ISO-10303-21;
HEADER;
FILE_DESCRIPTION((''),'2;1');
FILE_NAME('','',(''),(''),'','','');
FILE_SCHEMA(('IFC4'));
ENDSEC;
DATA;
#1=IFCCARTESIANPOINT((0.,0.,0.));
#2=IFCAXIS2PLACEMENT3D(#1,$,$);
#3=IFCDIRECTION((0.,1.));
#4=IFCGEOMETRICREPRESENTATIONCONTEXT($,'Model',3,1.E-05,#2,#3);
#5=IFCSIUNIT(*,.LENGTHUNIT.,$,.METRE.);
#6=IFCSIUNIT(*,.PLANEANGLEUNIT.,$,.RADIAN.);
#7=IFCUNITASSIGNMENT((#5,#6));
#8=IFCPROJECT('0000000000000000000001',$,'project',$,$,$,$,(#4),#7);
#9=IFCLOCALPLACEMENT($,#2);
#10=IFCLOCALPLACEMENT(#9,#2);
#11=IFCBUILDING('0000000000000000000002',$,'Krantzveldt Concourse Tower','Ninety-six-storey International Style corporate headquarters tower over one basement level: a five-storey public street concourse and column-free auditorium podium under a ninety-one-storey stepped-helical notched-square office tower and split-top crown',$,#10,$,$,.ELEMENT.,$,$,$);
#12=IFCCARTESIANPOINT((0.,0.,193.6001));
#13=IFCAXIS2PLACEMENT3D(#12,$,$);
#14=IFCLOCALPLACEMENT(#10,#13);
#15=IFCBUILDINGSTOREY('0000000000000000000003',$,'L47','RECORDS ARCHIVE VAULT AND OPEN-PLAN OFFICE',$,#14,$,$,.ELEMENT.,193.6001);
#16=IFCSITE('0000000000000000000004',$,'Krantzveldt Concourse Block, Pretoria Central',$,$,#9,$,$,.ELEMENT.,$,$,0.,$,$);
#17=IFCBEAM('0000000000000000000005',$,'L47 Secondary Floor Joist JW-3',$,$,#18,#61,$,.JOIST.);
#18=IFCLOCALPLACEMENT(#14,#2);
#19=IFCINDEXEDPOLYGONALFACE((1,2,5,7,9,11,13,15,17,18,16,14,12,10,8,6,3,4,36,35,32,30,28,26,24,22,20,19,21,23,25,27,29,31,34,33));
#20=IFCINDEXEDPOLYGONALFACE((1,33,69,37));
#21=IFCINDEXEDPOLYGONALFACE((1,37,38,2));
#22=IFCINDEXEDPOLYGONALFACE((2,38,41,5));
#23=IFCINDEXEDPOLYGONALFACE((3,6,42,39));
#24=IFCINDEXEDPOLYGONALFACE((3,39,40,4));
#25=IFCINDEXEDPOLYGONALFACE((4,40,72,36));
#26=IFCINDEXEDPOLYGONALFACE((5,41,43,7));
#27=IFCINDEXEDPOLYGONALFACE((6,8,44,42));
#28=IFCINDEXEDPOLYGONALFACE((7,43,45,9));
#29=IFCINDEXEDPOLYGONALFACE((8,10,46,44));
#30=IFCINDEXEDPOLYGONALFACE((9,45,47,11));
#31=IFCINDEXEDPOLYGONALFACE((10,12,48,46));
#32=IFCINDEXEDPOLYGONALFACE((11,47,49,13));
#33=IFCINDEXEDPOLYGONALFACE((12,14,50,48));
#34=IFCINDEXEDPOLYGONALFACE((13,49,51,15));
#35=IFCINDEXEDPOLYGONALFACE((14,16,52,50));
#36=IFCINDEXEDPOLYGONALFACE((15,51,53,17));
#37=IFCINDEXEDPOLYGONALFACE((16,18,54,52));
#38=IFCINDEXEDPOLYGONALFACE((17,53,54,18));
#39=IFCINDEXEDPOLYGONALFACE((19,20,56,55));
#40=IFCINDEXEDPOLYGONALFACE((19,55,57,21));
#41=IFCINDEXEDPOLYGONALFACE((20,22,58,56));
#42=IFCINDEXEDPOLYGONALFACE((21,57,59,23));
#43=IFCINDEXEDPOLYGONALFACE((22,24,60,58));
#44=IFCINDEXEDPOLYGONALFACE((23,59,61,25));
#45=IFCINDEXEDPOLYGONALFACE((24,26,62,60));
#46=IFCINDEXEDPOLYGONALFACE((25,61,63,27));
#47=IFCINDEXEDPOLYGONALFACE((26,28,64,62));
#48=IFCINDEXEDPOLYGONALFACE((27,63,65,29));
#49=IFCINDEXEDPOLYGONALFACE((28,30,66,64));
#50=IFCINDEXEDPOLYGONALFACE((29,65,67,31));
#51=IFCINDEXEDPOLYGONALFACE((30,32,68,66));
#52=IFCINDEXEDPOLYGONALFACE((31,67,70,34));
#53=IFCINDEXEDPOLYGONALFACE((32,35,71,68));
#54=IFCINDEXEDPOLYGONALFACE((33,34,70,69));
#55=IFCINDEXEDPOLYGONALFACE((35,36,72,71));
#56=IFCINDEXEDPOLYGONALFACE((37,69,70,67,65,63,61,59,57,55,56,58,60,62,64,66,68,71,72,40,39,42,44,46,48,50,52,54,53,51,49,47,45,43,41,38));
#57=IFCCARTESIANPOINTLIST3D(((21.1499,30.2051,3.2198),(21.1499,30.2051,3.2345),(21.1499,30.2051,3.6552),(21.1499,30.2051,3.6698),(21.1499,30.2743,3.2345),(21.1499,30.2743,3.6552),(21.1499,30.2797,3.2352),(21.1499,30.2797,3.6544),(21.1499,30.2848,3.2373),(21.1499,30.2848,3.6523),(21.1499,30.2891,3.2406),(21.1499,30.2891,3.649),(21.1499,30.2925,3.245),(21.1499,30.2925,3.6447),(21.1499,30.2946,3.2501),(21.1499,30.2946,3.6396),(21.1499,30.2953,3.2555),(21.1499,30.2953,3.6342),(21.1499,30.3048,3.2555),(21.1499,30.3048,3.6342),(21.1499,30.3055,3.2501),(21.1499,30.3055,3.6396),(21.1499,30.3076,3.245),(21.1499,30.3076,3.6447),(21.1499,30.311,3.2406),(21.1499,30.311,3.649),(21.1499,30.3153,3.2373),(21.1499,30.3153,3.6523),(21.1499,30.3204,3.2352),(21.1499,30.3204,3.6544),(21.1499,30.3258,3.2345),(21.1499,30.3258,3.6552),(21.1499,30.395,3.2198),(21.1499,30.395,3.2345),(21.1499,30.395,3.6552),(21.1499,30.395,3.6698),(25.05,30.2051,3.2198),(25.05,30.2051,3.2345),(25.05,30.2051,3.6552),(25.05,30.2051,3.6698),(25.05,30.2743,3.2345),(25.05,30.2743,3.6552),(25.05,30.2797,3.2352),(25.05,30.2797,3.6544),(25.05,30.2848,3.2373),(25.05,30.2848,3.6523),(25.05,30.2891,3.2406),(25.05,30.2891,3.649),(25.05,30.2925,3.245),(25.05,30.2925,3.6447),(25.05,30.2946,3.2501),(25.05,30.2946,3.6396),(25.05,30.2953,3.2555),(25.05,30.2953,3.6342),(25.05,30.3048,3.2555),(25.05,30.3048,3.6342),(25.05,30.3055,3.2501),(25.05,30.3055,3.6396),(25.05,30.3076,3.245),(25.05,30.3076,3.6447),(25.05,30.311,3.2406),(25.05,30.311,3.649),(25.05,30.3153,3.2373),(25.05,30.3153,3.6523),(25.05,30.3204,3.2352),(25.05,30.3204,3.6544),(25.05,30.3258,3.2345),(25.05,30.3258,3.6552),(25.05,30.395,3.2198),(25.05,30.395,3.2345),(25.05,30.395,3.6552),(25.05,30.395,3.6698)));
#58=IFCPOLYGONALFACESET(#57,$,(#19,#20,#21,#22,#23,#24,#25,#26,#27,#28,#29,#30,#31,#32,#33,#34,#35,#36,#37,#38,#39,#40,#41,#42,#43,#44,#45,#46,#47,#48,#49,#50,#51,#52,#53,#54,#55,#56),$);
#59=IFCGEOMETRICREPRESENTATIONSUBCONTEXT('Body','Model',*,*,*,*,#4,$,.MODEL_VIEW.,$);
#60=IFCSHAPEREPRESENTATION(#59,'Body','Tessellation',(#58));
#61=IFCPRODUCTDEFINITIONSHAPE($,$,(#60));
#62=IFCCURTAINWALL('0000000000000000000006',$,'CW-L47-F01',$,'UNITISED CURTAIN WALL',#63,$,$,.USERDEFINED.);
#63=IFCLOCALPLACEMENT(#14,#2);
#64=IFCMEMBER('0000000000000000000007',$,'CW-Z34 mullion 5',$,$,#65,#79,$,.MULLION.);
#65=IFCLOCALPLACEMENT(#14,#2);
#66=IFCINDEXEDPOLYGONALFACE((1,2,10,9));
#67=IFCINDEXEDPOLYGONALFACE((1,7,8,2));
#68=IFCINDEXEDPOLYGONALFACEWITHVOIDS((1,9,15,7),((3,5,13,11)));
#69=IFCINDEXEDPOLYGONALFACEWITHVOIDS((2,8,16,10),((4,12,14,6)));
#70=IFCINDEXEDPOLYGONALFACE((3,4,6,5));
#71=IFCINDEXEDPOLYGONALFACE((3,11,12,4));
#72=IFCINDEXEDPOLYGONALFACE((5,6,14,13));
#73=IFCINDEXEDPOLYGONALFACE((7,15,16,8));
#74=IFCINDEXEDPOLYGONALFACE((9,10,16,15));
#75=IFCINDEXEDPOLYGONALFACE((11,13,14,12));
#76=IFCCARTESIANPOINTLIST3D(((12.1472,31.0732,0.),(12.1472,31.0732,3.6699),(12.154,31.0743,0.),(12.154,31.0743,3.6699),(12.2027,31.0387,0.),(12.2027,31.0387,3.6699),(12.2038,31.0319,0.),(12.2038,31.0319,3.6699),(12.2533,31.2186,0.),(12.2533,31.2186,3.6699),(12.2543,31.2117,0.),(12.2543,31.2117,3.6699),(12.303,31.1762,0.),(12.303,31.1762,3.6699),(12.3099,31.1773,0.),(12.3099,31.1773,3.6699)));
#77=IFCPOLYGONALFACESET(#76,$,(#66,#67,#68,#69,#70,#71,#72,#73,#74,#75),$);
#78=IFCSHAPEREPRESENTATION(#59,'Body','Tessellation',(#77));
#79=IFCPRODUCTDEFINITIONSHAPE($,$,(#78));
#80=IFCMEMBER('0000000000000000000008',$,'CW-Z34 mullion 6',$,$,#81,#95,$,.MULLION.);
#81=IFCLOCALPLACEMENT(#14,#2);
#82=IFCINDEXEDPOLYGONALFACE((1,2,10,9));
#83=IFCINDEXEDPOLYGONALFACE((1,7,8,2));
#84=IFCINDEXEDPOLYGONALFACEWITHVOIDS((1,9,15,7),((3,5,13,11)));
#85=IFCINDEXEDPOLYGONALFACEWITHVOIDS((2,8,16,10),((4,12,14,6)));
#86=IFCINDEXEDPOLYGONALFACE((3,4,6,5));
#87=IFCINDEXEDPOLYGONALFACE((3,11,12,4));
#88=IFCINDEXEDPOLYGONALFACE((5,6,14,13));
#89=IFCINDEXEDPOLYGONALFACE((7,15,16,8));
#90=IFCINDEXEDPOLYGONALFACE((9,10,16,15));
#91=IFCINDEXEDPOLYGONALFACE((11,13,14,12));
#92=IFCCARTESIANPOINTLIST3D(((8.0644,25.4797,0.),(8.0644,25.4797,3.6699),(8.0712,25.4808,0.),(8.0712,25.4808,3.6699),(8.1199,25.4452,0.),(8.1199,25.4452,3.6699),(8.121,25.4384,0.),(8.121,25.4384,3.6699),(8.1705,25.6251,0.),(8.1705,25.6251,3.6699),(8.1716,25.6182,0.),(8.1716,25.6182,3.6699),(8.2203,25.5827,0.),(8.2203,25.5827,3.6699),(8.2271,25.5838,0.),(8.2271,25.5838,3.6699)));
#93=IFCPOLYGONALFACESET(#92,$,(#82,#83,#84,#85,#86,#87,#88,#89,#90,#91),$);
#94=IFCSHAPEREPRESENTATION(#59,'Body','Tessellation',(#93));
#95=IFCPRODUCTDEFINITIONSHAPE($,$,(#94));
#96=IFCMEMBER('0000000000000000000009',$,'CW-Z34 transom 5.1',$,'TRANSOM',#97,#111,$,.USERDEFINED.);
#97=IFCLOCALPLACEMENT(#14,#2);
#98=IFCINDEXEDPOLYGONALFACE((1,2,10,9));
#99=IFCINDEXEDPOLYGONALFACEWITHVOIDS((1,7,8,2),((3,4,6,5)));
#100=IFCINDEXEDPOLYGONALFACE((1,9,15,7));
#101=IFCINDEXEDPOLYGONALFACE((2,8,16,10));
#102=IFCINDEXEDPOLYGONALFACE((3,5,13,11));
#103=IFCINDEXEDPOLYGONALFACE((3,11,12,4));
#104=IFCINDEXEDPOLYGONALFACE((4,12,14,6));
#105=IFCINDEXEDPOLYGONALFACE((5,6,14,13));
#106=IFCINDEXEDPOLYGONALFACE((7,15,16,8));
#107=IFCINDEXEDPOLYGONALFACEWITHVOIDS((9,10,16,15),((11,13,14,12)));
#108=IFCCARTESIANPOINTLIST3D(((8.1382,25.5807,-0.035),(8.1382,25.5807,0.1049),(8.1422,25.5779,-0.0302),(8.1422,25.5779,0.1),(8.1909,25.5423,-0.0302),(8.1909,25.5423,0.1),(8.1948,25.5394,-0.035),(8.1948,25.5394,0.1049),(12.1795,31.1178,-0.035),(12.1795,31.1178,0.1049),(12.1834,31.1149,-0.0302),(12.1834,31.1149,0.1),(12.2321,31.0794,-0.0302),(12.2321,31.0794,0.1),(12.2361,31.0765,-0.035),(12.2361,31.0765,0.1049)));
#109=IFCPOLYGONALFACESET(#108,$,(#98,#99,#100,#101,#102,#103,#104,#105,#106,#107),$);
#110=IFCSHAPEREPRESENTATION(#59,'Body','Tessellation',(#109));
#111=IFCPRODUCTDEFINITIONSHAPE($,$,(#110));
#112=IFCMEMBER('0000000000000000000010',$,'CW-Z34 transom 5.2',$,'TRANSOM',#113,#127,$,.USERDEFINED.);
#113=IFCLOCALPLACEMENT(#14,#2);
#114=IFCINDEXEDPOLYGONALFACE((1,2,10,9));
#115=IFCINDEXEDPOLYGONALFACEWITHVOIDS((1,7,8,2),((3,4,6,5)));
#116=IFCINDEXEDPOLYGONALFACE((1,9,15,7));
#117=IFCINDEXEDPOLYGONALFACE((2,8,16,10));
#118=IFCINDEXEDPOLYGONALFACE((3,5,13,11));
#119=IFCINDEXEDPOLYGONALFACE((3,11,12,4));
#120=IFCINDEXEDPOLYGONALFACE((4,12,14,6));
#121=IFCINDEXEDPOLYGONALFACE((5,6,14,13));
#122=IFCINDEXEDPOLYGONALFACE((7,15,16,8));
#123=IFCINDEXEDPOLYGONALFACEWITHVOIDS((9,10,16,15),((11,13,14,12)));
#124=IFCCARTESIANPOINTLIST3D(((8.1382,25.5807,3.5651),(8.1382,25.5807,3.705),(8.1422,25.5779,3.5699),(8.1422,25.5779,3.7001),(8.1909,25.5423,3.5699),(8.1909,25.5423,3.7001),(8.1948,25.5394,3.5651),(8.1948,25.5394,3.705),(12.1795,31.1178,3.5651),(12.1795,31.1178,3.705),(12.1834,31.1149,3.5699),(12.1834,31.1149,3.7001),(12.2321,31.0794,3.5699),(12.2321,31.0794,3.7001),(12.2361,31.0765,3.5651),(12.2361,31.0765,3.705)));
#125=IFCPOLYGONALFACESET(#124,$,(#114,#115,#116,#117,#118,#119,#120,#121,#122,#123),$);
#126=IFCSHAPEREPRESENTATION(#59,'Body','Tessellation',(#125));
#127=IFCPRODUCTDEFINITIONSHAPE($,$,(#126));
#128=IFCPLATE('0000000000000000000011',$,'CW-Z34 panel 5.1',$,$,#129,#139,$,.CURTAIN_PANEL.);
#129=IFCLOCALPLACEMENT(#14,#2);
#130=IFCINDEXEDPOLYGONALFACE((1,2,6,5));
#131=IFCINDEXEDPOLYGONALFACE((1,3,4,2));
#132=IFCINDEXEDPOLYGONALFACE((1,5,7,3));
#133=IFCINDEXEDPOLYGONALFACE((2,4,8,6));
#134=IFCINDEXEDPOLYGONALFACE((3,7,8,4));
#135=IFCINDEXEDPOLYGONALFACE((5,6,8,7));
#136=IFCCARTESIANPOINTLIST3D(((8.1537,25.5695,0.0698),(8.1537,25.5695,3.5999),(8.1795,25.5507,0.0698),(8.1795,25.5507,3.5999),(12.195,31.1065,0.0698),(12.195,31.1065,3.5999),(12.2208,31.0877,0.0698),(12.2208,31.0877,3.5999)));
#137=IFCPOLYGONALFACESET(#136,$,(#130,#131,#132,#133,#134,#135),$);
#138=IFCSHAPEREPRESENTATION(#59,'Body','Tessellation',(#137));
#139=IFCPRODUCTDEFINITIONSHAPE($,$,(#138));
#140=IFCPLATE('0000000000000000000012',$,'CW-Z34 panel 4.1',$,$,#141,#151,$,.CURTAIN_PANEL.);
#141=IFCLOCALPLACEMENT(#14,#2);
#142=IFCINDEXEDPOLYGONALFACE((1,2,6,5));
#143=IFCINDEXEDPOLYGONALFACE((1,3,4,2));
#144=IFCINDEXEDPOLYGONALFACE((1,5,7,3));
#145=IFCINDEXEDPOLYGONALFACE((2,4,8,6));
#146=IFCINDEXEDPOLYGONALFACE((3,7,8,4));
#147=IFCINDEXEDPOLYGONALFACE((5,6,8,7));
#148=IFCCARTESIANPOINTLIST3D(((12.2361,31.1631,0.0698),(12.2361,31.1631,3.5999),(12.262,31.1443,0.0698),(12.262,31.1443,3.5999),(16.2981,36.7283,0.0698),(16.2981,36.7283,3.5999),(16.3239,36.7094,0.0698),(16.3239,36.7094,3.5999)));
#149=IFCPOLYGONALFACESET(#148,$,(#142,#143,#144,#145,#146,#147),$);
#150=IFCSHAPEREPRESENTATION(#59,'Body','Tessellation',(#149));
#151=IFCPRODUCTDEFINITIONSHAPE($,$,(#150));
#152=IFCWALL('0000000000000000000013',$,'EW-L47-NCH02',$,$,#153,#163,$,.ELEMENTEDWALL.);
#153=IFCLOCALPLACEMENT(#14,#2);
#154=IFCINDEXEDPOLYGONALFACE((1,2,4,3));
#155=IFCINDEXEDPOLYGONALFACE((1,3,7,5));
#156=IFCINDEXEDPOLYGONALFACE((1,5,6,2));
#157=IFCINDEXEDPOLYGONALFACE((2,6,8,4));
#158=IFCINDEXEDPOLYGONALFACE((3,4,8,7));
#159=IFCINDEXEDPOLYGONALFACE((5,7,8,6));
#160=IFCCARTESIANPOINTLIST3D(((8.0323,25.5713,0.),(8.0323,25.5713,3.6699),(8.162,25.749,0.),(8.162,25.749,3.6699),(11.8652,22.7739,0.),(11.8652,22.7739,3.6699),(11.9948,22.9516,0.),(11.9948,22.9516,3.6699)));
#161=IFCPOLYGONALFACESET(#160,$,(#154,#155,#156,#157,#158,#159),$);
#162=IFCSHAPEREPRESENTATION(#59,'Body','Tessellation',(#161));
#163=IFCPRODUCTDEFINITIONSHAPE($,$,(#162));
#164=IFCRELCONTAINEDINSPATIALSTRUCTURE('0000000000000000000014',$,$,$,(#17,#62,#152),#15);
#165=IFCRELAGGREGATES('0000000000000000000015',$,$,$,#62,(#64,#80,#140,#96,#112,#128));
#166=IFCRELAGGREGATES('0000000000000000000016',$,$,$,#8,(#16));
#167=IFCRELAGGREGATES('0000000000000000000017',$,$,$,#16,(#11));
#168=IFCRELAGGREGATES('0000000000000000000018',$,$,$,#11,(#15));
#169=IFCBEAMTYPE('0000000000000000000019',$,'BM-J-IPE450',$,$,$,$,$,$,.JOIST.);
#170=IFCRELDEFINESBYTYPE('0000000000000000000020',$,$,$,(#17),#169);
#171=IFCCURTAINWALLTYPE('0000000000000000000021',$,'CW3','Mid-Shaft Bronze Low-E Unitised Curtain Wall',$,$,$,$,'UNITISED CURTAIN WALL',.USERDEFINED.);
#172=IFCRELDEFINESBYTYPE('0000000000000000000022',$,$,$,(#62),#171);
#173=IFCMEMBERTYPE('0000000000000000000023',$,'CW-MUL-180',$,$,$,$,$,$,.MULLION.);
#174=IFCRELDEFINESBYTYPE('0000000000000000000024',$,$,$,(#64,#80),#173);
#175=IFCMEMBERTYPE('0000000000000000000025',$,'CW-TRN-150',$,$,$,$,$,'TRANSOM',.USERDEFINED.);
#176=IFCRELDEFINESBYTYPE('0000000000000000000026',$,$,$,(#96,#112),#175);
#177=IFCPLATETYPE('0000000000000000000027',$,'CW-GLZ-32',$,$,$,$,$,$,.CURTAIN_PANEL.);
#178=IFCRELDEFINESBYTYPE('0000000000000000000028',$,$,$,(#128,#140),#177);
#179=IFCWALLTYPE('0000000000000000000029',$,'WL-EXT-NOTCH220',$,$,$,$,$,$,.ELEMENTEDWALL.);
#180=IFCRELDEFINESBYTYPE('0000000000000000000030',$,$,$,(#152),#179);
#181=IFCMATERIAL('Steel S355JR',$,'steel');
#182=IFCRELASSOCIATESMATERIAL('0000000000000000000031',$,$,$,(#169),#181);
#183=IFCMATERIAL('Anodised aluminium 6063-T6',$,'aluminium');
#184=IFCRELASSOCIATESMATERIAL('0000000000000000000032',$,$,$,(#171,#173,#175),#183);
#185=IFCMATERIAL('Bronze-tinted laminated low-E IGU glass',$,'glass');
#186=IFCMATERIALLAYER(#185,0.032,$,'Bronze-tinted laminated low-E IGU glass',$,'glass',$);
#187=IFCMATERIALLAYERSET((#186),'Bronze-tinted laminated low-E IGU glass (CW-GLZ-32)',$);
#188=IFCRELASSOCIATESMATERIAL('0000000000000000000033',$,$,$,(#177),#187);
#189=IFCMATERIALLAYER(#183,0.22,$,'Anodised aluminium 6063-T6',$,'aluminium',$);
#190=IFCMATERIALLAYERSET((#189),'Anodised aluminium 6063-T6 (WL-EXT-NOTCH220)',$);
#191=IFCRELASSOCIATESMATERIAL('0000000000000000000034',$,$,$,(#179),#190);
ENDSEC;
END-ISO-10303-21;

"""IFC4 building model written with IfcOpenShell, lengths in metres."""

from ifc_helpers import new_model, si_unit, direction, frame, frame_2d, origin, origin_2d, place, context, subcontext, project, spatial, rectangle, hollow_rectangle, i_section, extrude, source, transform, mapped, material, layer, layer_set, material_profile, profile_set, type_object, type_shapes, element, aggregate, save


model = new_model("IFC4")

# Units and contexts
model_context = context("Model", 3, precision=1e-05, world=origin(), true_north=direction((0.0, 1.0)))
body_context = subcontext(model_context, "Body", "Model", "MODEL_VIEW")
ifc_project = project(units=[si_unit("LENGTHUNIT", "METRE"), si_unit("PLANEANGLEUNIT", "RADIAN")], contexts=[model_context])

# Site, building, storey
site_placement = place(None, origin())
site = spatial("IfcSite", under=ifc_project, at=site_placement, Name="Krantzveldt Concourse Block, Pretoria Central", CompositionType="ELEMENT", RefElevation=0.0)
building_placement = place(site_placement, origin())
building = spatial("IfcBuilding", under=site, at=building_placement, Name="Krantzveldt Concourse Tower", Description="Ninety-six-storey International Style corporate headquarters tower over one basement level: a five-storey public street concourse and column-free auditorium podium under a ninety-one-storey stepped-helical notched-square office tower and split-top crown", CompositionType="ELEMENT")
storey_placement = place(building_placement, frame((0.0, 0.0, 193.6001)))
storey = spatial("IfcBuildingStorey", under=building, at=storey_placement, Name="L47", Description="RECORDS ARCHIVE VAULT AND OPEN-PLAN OFFICE", CompositionType="ELEMENT", Elevation=193.6001)

# Beam
ifc_material_1 = material(Name="Steel S355JR", Category="steel")
ifc_material_profile_1 = material_profile(ifc_material_1, i_section(OverallWidth=0.1899, OverallDepth=0.45, WebThickness=0.0095, FlangeThickness=0.0146, FilletRadius=0.021, at=origin_2d()), Name="Steel S355JR", Category="steel")
ifc_profile_set_1 = profile_set([ifc_material_profile_1], Name="Steel S355JR - IPE 450")
beam_type_1 = type_object("IfcBeamType", Name="BM-J-IPE450", PredefinedType="JOIST", material=ifc_profile_set_1)
shared_shape_1 = source(origin(), body_context, "Body", "SweptSolid", [
    extrude(i_section(OverallWidth=0.1899, OverallDepth=0.45, WebThickness=0.0095, FlangeThickness=0.0146, FilletRadius=0.021, at=origin_2d()), origin(), (0.0, 0.0, 1.0), 3.9001),
])
type_shapes(beam_type_1, [shared_shape_1])
for number, where, z_axis, x_axis, name in (
    (1, (21.1499, 30.3, 3.4448), (1.0, 0.0, 0.0), (0.0, 1.0, 0.0), "L47 Secondary Floor Joist JW-3"),
):
    element("IfcBeam", number, at=place(storey_placement, frame(where, z_axis=z_axis, x_axis=x_axis)), inside=storey, type_object=beam_type_1, Name=name, PredefinedType="JOIST", context=body_context, shape_type="MappedRepresentation", body=[
        mapped(shared_shape_1, transform((0.0, 0.0, 0.0), x_axis=(1.0, 0.0, 0.0), y_axis=(0.0, 1.0, 0.0), z_axis=(0.0, 0.0, 1.0), scale=1.0)),
    ])

# Curtain wall, members, plates
ifc_material_2 = material(Name="Anodised aluminium 6063-T6", Category="aluminium")
curtain_wall_type = type_object("IfcCurtainWallType", Name="CW3", Description="Mid-Shaft Bronze Low-E Unitised Curtain Wall", ElementType="UNITISED CURTAIN WALL", PredefinedType="USERDEFINED", material=ifc_material_2)
curtain_wall_placement = place(storey_placement, origin())
curtain_wall = element("IfcCurtainWall", 2, at=curtain_wall_placement, inside=storey, type_object=curtain_wall_type, Name="CW-L47-F01", ObjectType="UNITISED CURTAIN WALL", PredefinedType="USERDEFINED")
ifc_material_profile_2 = material_profile(ifc_material_2, hollow_rectangle(XDim=0.0701, YDim=0.1799, WallThickness=0.0049, at=origin_2d()), Name="Anodised aluminium 6063-T6", Category="aluminium")
ifc_profile_set_2 = profile_set([ifc_material_profile_2], Name="Anodised aluminium 6063-T6 - ALU-MULL 180x70x5")
member_type_1 = type_object("IfcMemberType", Name="CW-MUL-180", PredefinedType="MULLION", material=ifc_profile_set_2)
shared_shape_2 = source(origin(), body_context, "Body", "SweptSolid", [
    extrude(hollow_rectangle(XDim=0.0701, YDim=0.1799, WallThickness=0.0049, at=origin_2d()), origin(), (0.0, 0.0, 1.0), 3.6699),
])
type_shapes(member_type_1, [shared_shape_2])
member_1_placement = place(storey_placement, frame((12.2285, 31.1252, 0.0), z_axis=(0.0, 0.0, 1.0), x_axis=(0.807733, -0.589549, 0.0)))
member_1 = element("IfcMember", 3, at=member_1_placement, type_object=member_type_1, Name="CW-Z34 mullion 5", PredefinedType="MULLION", context=body_context, shape_type="MappedRepresentation", body=[
    mapped(shared_shape_2, transform((0.0, 0.0, 0.0), x_axis=(1.0, 0.0, 0.0), y_axis=(0.0, 1.0, 0.0), z_axis=(0.0, 0.0, 1.0), scale=1.0)),
])
member_2_placement = place(storey_placement, frame((8.1458, 25.5317, 0.0), z_axis=(0.0, 0.0, 1.0), x_axis=(0.807733, -0.589549, 0.0)))
member_2 = element("IfcMember", 4, at=member_2_placement, type_object=member_type_1, Name="CW-Z34 mullion 6", PredefinedType="MULLION", context=body_context, shape_type="MappedRepresentation", body=[
    mapped(shared_shape_2, transform((0.0, 0.0, 0.0), x_axis=(1.0, 0.0, 0.0), y_axis=(0.0, 1.0, 0.0), z_axis=(0.0, 0.0, 1.0), scale=1.0)),
])
ifc_material_profile_3 = material_profile(ifc_material_2, hollow_rectangle(XDim=0.0701, YDim=0.1399, WallThickness=0.0049, at=origin_2d()), Name="Anodised aluminium 6063-T6", Category="aluminium")
ifc_profile_set_3 = profile_set([ifc_material_profile_3], Name="Anodised aluminium 6063-T6 - ALU-TRAN 140x70x5")
member_type_2 = type_object("IfcMemberType", Name="CW-TRN-150", ElementType="TRANSOM", PredefinedType="USERDEFINED", material=ifc_profile_set_3)
shared_shape_3 = source(origin(), body_context, "Body", "SweptSolid", [
    extrude(hollow_rectangle(XDim=0.0701, YDim=0.1399, WallThickness=0.0049, at=origin_2d()), origin(), (0.0, 0.0, 1.0), 6.855),
])
type_shapes(member_type_2, [shared_shape_3])
member_3_placement = place(storey_placement, frame((12.2078, 31.0972, 0.0349), z_axis=(-0.589533, -0.807745, 0.0), x_axis=(0.807745, -0.589533, 0.0)))
member_3 = element("IfcMember", 5, at=member_3_placement, type_object=member_type_2, Name="CW-Z34 transom 5.1", ObjectType="TRANSOM", PredefinedType="USERDEFINED", context=body_context, shape_type="MappedRepresentation", body=[
    mapped(shared_shape_3, transform((0.0, 0.0, 0.0), x_axis=(1.0, 0.0, 0.0), y_axis=(0.0, 1.0, 0.0), z_axis=(0.0, 0.0, 1.0), scale=1.0)),
])
member_4_placement = place(storey_placement, frame((12.2078, 31.0972, 3.635), z_axis=(-0.589533, -0.807745, 0.0), x_axis=(0.807745, -0.589533, 0.0)))
member_4 = element("IfcMember", 6, at=member_4_placement, type_object=member_type_2, Name="CW-Z34 transom 5.2", ObjectType="TRANSOM", PredefinedType="USERDEFINED", context=body_context, shape_type="MappedRepresentation", body=[
    mapped(shared_shape_3, transform((0.0, 0.0, 0.0), x_axis=(1.0, 0.0, 0.0), y_axis=(0.0, 1.0, 0.0), z_axis=(0.0, 0.0, 1.0), scale=1.0)),
])
ifc_material_3 = material(Name="Bronze-tinted laminated low-E IGU glass", Category="glass")
ifc_layer_1 = layer(ifc_material_3, 0.032, Name="Bronze-tinted laminated low-E IGU glass", Category="glass")
ifc_layer_set_1 = layer_set([ifc_layer_1], Name="Bronze-tinted laminated low-E IGU glass (CW-GLZ-32)")
plate_type = type_object("IfcPlateType", Name="CW-GLZ-32", PredefinedType="CURTAIN_PANEL", material=ifc_layer_set_1)
shared_shape_4 = source(origin(), body_context, "Body", "SweptSolid", [
    extrude(rectangle(XDim=6.855, YDim=0.032, at=origin_2d()), origin(), (0.0, 0.0, 1.0), 3.53),
])
plate_1_placement = place(storey_placement, frame((10.1873, 28.3286, 0.0698), z_axis=(0.0, 0.0, 1.0), x_axis=(-0.589549, -0.807733, 0.0)))
plate_1 = element("IfcPlate", 7, at=plate_1_placement, type_object=plate_type, Name="CW-Z34 panel 5.1", PredefinedType="CURTAIN_PANEL", context=body_context, shape_type="MappedRepresentation", body=[
    mapped(shared_shape_4, transform((0.0, 0.0, 0.0), x_axis=(1.0, 0.0, 0.0), y_axis=(0.0, 1.0, 0.0), z_axis=(0.0, 0.0, 1.0), scale=1.0)),
])
shared_shape_5 = source(origin(), body_context, "Body", "SweptSolid", [
    extrude(rectangle(XDim=6.8899, YDim=0.032, at=origin_2d()), origin(), (0.0, 0.0, 1.0), 3.53),
])
type_shapes(plate_type, [shared_shape_4, shared_shape_5])
plate_2_placement = place(storey_placement, frame((14.28, 33.9363, 0.0698), z_axis=(0.0, 0.0, 1.0), x_axis=(-0.589549, -0.807733, 0.0)))
plate_2 = element("IfcPlate", 8, at=plate_2_placement, type_object=plate_type, Name="CW-Z34 panel 4.1", PredefinedType="CURTAIN_PANEL", context=body_context, shape_type="MappedRepresentation", body=[
    mapped(shared_shape_5, transform((0.0, 0.0, 0.0), x_axis=(1.0, 0.0, 0.0), y_axis=(0.0, 1.0, 0.0), z_axis=(0.0, 0.0, 1.0), scale=1.0)),
])
aggregate(curtain_wall, [member_1, member_2, plate_2, member_3, member_4, plate_1])

# Wall
ifc_layer_2 = layer(ifc_material_2, 0.22, Name="Anodised aluminium 6063-T6", Category="aluminium")
ifc_layer_set_2 = layer_set([ifc_layer_2], Name="Anodised aluminium 6063-T6 (WL-EXT-NOTCH220)")
wall_type_1 = type_object("IfcWallType", Name="WL-EXT-NOTCH220", PredefinedType="ELEMENTEDWALL", material=ifc_layer_set_2)
wall_1_placement = place(storey_placement, frame((8.0972, 25.6602, 0.0), z_axis=(0.0, 0.0, 1.0), x_axis=(0.807743, -0.589535, 0.0)))
element("IfcWall", 9, at=wall_1_placement, inside=storey, type_object=wall_type_1, Name="EW-L47-NCH02", PredefinedType="ELEMENTEDWALL", context=body_context, shape_type="SweptSolid", body=[
    extrude(rectangle(XDim=4.7451, YDim=0.22, at=frame_2d((2.3726, 0.0))), origin(), (0.0, 0.0, 1.0), 3.6699),
])

save(model, "model.ifc")
